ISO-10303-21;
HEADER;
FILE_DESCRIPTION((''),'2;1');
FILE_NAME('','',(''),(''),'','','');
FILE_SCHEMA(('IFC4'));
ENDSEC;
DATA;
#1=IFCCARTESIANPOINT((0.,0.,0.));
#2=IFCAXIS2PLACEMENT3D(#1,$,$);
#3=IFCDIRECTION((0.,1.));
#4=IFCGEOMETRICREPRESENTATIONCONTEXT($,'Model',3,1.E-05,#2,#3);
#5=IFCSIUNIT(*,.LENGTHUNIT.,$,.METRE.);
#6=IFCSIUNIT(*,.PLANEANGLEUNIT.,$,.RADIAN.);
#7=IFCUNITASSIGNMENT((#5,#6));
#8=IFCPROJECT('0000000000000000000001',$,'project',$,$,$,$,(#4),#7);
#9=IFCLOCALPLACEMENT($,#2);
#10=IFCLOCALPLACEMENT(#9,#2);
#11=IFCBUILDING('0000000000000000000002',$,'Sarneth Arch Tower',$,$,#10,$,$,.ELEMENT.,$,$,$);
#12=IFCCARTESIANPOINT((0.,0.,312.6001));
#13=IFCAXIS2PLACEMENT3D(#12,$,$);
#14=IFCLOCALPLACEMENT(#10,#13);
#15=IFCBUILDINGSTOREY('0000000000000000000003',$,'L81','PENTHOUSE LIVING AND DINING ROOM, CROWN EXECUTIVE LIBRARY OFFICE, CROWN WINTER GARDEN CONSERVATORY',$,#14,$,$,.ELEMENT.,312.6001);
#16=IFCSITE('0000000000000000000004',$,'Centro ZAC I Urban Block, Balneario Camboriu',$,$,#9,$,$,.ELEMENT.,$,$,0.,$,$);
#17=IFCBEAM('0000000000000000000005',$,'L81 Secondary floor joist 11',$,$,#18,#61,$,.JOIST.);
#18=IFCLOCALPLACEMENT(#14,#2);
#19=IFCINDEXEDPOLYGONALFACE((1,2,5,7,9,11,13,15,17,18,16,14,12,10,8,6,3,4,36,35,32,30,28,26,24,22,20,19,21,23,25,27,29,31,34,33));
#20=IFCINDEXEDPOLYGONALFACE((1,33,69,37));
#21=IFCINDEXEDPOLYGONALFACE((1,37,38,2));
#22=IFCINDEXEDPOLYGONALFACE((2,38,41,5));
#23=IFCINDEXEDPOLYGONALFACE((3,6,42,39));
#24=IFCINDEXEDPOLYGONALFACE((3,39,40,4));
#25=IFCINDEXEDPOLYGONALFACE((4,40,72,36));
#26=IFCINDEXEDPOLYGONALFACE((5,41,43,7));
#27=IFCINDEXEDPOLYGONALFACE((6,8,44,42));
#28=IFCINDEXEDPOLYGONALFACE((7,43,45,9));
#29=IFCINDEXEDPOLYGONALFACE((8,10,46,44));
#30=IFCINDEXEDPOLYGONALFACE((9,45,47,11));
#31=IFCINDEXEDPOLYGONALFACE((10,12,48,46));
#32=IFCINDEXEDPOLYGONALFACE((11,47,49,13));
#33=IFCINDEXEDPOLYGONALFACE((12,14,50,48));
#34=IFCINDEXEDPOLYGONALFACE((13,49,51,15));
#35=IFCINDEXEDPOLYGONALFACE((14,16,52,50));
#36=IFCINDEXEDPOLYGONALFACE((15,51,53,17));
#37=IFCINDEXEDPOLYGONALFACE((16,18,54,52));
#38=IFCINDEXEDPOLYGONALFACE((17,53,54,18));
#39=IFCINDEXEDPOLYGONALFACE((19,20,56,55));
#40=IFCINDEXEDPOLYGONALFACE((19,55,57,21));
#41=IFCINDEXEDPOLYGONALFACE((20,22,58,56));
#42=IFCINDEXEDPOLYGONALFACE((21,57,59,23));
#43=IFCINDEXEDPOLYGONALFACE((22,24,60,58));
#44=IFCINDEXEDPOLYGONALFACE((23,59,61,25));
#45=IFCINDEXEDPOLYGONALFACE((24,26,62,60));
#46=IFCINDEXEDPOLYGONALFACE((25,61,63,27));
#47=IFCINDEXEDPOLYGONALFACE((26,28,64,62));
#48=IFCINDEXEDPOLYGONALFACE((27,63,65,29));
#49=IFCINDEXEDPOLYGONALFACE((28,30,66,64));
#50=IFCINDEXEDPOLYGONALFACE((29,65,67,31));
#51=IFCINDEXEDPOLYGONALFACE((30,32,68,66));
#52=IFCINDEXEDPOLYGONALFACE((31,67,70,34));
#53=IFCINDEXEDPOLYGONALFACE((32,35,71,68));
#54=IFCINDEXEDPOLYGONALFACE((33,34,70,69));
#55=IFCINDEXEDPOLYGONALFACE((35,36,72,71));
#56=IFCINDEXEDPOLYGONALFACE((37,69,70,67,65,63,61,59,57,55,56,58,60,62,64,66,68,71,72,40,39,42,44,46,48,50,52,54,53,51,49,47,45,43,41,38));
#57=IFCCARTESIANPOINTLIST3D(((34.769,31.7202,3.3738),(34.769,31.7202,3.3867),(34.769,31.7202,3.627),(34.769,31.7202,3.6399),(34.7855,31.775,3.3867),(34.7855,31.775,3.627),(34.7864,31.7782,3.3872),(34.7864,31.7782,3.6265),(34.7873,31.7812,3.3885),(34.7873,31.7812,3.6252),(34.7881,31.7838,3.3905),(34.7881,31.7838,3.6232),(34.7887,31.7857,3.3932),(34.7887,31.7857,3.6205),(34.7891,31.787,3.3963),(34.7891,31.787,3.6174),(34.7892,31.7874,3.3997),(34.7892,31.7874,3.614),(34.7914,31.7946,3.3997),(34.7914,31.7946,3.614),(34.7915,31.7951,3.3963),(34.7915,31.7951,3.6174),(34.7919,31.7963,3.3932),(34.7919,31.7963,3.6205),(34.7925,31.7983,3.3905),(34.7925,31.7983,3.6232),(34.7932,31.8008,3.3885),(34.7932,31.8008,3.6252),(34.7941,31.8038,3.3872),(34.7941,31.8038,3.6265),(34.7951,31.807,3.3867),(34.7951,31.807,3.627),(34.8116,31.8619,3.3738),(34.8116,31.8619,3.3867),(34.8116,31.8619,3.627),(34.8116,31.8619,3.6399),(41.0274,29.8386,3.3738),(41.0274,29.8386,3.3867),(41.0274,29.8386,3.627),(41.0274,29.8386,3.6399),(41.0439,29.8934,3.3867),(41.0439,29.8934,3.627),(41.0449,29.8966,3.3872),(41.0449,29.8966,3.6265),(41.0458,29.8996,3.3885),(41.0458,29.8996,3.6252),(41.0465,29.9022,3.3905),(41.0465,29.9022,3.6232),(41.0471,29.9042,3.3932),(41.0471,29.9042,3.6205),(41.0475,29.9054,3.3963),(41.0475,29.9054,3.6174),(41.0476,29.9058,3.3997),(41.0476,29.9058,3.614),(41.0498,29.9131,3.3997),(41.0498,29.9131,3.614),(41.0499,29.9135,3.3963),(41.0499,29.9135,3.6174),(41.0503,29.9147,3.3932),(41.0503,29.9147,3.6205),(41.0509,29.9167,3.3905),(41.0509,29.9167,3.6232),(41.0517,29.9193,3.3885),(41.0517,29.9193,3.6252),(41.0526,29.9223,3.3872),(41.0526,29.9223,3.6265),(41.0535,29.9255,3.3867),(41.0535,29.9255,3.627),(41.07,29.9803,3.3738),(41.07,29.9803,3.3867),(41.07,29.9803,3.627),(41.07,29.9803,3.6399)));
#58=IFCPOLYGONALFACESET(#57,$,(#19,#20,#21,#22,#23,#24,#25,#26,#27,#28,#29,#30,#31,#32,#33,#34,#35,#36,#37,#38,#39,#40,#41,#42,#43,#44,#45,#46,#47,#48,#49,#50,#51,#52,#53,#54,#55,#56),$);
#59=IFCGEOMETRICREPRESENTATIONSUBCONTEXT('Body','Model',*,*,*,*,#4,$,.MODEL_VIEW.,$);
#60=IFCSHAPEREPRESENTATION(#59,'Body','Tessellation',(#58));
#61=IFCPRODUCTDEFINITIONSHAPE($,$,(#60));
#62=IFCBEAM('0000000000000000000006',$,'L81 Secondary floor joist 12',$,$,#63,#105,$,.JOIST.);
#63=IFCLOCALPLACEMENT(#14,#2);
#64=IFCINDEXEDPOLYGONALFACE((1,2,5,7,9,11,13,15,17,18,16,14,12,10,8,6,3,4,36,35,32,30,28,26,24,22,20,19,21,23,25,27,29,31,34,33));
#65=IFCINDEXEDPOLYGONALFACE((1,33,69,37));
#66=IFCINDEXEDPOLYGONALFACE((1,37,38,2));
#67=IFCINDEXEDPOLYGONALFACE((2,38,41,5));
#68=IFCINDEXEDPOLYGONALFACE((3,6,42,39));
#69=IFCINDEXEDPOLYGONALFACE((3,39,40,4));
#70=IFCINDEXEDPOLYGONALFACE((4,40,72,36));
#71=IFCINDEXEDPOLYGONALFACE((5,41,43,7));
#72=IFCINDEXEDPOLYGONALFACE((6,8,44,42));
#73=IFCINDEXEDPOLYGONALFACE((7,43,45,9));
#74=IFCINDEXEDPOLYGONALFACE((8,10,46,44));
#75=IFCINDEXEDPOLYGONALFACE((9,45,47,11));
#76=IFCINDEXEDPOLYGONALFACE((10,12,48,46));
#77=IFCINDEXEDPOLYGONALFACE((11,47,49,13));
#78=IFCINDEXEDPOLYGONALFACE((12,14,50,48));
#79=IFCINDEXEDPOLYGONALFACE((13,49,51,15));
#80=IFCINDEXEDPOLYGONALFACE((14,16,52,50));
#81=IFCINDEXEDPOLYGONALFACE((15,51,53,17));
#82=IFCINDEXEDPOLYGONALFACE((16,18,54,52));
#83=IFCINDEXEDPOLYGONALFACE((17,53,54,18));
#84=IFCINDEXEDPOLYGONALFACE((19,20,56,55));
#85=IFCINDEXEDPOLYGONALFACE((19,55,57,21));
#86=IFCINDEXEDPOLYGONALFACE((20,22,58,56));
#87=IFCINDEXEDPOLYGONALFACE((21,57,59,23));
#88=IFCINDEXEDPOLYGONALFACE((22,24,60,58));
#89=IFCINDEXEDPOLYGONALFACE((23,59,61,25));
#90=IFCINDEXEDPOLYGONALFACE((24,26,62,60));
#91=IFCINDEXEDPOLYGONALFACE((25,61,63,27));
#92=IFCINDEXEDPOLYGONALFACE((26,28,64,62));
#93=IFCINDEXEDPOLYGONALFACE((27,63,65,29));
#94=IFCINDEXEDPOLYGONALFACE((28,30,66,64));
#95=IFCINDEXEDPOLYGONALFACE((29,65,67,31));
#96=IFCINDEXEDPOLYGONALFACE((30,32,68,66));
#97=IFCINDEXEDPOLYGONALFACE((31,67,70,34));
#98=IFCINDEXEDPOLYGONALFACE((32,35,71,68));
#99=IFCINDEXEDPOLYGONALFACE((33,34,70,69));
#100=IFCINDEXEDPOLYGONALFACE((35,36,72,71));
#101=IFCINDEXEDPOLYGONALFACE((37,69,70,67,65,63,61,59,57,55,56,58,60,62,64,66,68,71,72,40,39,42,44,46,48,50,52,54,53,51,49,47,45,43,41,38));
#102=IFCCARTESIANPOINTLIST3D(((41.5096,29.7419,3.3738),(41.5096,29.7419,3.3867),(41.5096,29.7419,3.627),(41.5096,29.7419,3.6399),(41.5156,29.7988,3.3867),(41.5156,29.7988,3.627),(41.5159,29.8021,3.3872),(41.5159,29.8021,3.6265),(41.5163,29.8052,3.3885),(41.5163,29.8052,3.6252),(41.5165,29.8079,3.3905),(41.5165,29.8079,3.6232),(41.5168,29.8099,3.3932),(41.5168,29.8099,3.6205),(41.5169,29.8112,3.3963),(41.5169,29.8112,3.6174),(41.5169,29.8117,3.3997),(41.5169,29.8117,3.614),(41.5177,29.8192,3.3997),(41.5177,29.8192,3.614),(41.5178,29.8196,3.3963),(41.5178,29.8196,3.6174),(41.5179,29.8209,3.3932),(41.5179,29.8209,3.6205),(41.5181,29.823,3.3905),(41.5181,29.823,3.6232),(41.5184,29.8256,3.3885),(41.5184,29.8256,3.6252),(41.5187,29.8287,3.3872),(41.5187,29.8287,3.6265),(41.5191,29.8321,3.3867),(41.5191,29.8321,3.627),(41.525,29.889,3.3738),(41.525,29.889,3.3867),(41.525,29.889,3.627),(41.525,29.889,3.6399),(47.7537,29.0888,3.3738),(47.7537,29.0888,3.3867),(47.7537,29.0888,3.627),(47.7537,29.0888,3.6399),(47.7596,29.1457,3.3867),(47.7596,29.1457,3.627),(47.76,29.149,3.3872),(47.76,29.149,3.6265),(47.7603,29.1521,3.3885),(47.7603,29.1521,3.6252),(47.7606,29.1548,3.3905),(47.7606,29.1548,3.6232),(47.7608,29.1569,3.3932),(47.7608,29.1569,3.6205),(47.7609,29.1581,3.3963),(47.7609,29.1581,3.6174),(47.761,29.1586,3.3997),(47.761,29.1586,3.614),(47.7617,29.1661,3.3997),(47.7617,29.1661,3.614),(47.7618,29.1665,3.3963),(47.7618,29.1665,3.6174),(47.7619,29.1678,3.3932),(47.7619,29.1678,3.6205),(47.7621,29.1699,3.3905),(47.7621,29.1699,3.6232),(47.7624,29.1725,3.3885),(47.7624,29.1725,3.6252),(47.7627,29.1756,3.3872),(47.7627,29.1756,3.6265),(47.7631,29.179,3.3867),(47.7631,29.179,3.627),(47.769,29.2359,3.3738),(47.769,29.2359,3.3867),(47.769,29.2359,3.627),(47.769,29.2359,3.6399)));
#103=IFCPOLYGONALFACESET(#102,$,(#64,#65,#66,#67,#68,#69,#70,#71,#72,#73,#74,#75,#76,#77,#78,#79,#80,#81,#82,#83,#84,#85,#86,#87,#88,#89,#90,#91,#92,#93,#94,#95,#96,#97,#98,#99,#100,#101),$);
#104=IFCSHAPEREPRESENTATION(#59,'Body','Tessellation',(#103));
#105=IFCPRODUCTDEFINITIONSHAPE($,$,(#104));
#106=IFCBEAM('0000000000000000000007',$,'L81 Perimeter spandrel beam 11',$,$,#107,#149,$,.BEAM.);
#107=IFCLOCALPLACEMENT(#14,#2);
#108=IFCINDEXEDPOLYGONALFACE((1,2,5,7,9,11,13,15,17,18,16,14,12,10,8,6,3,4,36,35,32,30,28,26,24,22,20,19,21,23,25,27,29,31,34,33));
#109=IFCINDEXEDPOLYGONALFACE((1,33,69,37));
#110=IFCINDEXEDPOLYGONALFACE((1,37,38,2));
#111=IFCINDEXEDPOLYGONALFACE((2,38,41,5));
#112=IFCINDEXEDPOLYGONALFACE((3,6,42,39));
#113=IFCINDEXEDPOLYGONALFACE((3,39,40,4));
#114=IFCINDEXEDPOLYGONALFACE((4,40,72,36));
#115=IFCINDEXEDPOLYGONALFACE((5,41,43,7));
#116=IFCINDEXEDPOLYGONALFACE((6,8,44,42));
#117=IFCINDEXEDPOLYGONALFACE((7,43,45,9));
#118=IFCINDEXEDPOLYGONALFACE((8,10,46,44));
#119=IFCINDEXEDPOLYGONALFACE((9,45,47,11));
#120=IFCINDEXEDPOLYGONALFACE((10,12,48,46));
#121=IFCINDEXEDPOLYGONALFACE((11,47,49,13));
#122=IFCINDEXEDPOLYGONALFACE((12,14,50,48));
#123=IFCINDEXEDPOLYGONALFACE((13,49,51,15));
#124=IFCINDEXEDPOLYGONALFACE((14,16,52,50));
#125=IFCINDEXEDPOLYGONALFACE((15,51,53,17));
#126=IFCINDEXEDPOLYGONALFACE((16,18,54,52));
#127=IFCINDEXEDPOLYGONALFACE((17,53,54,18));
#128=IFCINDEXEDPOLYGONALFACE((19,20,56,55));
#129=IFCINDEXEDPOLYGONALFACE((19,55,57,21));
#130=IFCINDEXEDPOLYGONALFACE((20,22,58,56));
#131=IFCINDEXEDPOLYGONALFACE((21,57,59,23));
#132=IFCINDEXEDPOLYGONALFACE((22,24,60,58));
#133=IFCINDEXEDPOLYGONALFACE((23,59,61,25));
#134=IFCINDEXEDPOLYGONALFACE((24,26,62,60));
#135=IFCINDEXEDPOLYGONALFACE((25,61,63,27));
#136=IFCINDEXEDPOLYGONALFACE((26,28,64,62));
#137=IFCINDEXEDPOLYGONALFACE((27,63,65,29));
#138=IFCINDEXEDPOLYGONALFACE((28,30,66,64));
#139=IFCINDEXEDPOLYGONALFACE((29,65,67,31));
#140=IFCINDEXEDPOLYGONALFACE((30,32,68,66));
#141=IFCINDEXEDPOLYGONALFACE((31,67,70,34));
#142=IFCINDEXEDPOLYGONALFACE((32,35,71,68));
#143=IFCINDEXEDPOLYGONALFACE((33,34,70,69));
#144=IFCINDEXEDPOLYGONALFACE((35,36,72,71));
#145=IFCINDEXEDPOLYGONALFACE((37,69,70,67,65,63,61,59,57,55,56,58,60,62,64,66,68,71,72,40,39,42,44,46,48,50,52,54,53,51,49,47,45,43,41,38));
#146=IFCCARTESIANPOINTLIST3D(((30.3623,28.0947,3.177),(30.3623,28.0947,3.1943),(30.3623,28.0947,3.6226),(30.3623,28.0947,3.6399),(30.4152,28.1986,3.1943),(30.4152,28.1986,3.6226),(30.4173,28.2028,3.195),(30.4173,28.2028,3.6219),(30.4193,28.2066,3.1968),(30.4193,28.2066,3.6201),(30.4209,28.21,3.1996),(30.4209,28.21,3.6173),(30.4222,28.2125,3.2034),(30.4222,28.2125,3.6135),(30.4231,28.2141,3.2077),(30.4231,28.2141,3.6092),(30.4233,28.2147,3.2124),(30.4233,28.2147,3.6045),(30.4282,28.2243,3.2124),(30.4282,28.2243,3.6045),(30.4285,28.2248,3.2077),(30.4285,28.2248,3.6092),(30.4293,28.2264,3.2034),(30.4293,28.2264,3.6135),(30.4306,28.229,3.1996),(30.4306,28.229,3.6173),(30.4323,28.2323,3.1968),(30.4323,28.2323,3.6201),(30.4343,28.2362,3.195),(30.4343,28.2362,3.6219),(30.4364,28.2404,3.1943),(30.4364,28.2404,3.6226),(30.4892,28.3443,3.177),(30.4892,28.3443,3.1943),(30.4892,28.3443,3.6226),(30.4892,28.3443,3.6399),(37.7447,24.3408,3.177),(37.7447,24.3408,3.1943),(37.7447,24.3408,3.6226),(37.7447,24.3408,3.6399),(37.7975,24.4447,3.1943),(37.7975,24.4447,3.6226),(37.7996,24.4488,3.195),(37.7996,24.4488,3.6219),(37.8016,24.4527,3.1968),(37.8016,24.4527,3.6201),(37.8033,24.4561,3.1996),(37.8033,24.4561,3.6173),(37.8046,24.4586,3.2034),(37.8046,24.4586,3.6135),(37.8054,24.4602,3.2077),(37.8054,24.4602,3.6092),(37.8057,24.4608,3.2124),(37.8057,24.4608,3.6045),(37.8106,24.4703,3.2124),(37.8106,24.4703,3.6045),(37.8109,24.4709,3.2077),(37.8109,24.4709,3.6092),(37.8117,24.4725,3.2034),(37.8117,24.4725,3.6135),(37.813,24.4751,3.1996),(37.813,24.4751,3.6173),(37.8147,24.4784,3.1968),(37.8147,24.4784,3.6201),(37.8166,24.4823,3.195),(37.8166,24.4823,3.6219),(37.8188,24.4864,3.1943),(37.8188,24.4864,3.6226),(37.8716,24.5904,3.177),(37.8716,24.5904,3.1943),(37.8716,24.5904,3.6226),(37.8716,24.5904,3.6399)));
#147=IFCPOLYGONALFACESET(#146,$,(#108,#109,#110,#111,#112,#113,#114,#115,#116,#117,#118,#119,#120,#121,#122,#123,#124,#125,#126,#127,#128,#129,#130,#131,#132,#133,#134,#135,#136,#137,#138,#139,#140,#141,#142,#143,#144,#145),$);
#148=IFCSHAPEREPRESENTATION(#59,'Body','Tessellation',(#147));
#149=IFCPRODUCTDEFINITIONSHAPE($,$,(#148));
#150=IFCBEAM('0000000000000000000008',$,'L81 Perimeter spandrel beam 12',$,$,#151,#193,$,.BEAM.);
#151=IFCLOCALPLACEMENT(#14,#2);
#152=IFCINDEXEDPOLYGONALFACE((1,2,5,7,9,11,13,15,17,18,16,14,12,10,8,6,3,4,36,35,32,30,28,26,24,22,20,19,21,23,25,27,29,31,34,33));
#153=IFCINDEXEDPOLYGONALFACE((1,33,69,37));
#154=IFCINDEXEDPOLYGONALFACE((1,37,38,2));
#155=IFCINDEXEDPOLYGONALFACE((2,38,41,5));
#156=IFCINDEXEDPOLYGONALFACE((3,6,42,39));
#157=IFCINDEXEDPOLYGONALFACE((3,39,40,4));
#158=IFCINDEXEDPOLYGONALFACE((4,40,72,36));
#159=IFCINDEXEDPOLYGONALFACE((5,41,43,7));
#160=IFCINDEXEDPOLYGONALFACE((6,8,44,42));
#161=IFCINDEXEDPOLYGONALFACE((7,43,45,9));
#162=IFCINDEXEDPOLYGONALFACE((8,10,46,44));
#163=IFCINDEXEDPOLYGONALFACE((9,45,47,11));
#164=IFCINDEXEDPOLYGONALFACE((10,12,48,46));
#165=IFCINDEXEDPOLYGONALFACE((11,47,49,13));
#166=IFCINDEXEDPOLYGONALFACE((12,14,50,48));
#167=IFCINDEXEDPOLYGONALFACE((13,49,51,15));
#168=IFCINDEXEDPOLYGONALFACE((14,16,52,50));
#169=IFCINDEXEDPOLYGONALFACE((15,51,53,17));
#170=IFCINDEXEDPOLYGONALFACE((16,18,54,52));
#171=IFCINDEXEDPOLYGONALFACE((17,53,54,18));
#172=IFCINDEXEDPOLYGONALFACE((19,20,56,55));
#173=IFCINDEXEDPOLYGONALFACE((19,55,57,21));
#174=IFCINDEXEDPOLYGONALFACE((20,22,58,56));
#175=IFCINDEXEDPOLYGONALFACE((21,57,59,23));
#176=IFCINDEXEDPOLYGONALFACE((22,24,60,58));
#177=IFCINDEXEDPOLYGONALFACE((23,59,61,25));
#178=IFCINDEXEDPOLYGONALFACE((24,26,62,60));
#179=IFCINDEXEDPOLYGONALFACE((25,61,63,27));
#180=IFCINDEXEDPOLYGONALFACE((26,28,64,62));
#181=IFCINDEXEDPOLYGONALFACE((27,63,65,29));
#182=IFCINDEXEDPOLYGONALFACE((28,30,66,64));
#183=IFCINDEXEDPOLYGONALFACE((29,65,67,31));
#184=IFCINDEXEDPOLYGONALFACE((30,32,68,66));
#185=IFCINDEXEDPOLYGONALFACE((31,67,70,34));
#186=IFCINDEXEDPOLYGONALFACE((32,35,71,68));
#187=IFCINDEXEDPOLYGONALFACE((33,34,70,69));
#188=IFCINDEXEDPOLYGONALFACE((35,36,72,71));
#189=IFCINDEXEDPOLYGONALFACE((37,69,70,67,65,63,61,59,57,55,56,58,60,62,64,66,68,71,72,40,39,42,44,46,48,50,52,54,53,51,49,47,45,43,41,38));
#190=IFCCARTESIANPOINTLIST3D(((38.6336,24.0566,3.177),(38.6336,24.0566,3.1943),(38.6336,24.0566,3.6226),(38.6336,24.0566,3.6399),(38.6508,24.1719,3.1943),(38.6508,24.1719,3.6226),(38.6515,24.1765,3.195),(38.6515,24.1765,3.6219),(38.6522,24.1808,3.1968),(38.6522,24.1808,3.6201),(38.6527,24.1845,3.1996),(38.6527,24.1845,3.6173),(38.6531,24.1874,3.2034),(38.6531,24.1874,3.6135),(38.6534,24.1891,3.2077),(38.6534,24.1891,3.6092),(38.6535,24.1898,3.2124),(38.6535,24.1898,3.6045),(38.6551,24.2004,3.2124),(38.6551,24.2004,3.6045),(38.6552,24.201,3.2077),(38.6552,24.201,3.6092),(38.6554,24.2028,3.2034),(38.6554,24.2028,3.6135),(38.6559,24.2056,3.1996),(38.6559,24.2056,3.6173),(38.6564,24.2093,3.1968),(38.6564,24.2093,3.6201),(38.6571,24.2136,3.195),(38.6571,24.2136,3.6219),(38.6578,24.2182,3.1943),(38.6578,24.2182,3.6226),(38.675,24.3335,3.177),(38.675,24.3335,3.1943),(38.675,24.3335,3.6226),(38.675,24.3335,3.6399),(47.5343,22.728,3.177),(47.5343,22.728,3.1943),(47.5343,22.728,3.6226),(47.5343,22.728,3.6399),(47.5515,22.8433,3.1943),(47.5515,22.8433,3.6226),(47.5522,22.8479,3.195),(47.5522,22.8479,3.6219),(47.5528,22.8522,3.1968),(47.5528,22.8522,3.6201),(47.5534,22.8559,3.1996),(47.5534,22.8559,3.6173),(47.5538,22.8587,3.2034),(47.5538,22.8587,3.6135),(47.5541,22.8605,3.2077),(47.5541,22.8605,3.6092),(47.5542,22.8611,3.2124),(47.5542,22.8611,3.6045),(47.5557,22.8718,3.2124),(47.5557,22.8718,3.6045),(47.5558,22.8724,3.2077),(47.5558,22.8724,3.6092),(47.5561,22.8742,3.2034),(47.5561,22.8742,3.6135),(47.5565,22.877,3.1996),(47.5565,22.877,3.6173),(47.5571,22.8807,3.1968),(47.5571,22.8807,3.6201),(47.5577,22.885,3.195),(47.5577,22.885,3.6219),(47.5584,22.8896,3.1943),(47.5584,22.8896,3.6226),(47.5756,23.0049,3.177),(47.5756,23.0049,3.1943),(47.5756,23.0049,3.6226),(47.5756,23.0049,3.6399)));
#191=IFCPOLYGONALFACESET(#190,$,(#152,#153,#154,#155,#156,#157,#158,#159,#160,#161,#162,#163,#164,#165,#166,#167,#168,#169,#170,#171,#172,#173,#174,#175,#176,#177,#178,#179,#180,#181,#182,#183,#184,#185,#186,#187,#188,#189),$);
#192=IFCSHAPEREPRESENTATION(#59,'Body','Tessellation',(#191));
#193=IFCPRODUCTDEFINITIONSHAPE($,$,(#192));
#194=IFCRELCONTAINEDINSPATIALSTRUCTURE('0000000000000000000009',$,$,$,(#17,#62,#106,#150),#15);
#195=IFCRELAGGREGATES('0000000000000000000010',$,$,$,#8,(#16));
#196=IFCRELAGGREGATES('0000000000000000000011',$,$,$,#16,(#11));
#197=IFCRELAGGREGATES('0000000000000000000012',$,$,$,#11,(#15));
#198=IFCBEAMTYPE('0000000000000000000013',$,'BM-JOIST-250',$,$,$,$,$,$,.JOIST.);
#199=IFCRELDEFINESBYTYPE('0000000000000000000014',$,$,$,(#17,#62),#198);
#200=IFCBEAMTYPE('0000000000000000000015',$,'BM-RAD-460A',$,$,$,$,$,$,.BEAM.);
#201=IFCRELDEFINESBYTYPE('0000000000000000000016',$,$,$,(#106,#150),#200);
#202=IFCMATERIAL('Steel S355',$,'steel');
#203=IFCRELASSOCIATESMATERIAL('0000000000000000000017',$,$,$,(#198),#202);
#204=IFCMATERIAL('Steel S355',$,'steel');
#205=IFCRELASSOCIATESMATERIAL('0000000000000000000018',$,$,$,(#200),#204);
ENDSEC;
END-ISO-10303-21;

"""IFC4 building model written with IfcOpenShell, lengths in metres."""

from ifc_helpers import new_model, si_unit, direction, frame, origin, origin_2d, place, context, subcontext, project, spatial, i_section, extrude, material, material_profile, profile_set, type_object, element, save


model = new_model("IFC4")

# Units and contexts
model_context = context("Model", 3, precision=1e-05, world=origin(), true_north=direction((0.0, 1.0)))
body_context = subcontext(model_context, "Body", "Model", "MODEL_VIEW")
ifc_project = project(units=[si_unit("LENGTHUNIT", "METRE"), si_unit("PLANEANGLEUNIT", "RADIAN")], contexts=[model_context])

# Site, building, storey
site_placement = place(None, origin())
site = spatial("IfcSite", under=ifc_project, at=site_placement, Name="Centro ZAC I Urban Block, Balneario Camboriu", CompositionType="ELEMENT", RefElevation=0.0)
building_placement = place(site_placement, origin())
building = spatial("IfcBuilding", under=site, at=building_placement, Name="Sarneth Arch Tower", CompositionType="ELEMENT")
storey_placement = place(building_placement, frame((0.0, 0.0, 312.6001)))
storey = spatial("IfcBuildingStorey", under=building, at=storey_placement, Name="L81", Description="PENTHOUSE LIVING AND DINING ROOM, CROWN EXECUTIVE LIBRARY OFFICE, CROWN WINTER GARDEN CONSERVATORY", CompositionType="ELEMENT", Elevation=312.6001)

# Beams
ifc_material_1 = material(Name="Steel S355", Category="steel")
ifc_material_profile_1 = material_profile(ifc_material_1, i_section(OverallWidth=0.1479, OverallDepth=0.2661, WebThickness=0.0076, FlangeThickness=0.0129, FilletRadius=0.0129, at=origin_2d()), Name="W250x44.8")
ifc_profile_set_1 = profile_set([ifc_material_profile_1], Name="Steel S355")
beam_type_1 = type_object("IfcBeamType", Name="BM-JOIST-250", PredefinedType="JOIST", material=ifc_profile_set_1)
beam_1_placement = place(storey_placement, frame((34.7903, 31.791, 3.5068), z_axis=(0.957656, -0.287913, 0.0), x_axis=(0.287913, 0.957656, 0.0)))
element("IfcBeam", 1, at=beam_1_placement, inside=storey, type_object=beam_type_1, Name="L81 Secondary floor joist 11", PredefinedType="JOIST", context=body_context, shape_type="SweptSolid", body=[
    extrude(i_section(OverallWidth=0.1479, OverallDepth=0.2661, WebThickness=0.0076, FlangeThickness=0.0129, FilletRadius=0.0129, at=origin_2d()), origin(), (0.0, 0.0, 1.0), 6.5352),
])
beam_2_placement = place(storey_placement, frame((41.5173, 29.8154, 3.5068), z_axis=(0.994574, -0.104027, 0.0), x_axis=(0.104027, 0.994574, 0.0)))
element("IfcBeam", 2, at=beam_2_placement, inside=storey, type_object=beam_type_1, Name="L81 Secondary floor joist 12", PredefinedType="JOIST", context=body_context, shape_type="SweptSolid", body=[
    extrude(i_section(OverallWidth=0.1479, OverallDepth=0.2661, WebThickness=0.0076, FlangeThickness=0.0129, FilletRadius=0.0129, at=origin_2d()), origin(), (0.0, 0.0, 1.0), 6.2781),
])
ifc_material_2 = material(Name="Steel S355", Category="steel")
ifc_material_profile_2 = material_profile(ifc_material_2, i_section(OverallWidth=0.28, OverallDepth=0.4629, WebThickness=0.0107, FlangeThickness=0.0173, FilletRadius=0.0181, at=origin_2d()), Name="W460x113")
ifc_profile_set_2 = profile_set([ifc_material_profile_2], Name="Steel S355")
beam_type_2 = type_object("IfcBeamType", Name="BM-RAD-460A", PredefinedType="BEAM", material=ifc_profile_set_2)
beam_3_placement = place(storey_placement, frame((30.4258, 28.2195, 3.4084), z_axis=(0.891376, -0.453264, 0.0), x_axis=(0.453264, 0.891376, 0.0)))
element("IfcBeam", 3, at=beam_3_placement, inside=storey, type_object=beam_type_2, Name="L81 Perimeter spandrel beam 11", PredefinedType="BEAM", context=body_context, shape_type="SweptSolid", body=[
    extrude(i_section(OverallWidth=0.28, OverallDepth=0.4629, WebThickness=0.0107, FlangeThickness=0.0173, FilletRadius=0.0181, at=origin_2d()), origin(), (0.0, 0.0, 1.0), 8.282),
])
beam_4_placement = place(storey_placement, frame((38.6543, 24.1951, 3.4084), z_axis=(0.989042, -0.147636, 0.0), x_axis=(0.147636, 0.989042, 0.0)))
element("IfcBeam", 4, at=beam_4_placement, inside=storey, type_object=beam_type_2, Name="L81 Perimeter spandrel beam 12", PredefinedType="BEAM", context=body_context, shape_type="SweptSolid", body=[
    extrude(i_section(OverallWidth=0.28, OverallDepth=0.4629, WebThickness=0.0107, FlangeThickness=0.0173, FilletRadius=0.0181, at=origin_2d()), origin(), (0.0, 0.0, 1.0), 8.9993),
])

save(model, "model.ifc")
